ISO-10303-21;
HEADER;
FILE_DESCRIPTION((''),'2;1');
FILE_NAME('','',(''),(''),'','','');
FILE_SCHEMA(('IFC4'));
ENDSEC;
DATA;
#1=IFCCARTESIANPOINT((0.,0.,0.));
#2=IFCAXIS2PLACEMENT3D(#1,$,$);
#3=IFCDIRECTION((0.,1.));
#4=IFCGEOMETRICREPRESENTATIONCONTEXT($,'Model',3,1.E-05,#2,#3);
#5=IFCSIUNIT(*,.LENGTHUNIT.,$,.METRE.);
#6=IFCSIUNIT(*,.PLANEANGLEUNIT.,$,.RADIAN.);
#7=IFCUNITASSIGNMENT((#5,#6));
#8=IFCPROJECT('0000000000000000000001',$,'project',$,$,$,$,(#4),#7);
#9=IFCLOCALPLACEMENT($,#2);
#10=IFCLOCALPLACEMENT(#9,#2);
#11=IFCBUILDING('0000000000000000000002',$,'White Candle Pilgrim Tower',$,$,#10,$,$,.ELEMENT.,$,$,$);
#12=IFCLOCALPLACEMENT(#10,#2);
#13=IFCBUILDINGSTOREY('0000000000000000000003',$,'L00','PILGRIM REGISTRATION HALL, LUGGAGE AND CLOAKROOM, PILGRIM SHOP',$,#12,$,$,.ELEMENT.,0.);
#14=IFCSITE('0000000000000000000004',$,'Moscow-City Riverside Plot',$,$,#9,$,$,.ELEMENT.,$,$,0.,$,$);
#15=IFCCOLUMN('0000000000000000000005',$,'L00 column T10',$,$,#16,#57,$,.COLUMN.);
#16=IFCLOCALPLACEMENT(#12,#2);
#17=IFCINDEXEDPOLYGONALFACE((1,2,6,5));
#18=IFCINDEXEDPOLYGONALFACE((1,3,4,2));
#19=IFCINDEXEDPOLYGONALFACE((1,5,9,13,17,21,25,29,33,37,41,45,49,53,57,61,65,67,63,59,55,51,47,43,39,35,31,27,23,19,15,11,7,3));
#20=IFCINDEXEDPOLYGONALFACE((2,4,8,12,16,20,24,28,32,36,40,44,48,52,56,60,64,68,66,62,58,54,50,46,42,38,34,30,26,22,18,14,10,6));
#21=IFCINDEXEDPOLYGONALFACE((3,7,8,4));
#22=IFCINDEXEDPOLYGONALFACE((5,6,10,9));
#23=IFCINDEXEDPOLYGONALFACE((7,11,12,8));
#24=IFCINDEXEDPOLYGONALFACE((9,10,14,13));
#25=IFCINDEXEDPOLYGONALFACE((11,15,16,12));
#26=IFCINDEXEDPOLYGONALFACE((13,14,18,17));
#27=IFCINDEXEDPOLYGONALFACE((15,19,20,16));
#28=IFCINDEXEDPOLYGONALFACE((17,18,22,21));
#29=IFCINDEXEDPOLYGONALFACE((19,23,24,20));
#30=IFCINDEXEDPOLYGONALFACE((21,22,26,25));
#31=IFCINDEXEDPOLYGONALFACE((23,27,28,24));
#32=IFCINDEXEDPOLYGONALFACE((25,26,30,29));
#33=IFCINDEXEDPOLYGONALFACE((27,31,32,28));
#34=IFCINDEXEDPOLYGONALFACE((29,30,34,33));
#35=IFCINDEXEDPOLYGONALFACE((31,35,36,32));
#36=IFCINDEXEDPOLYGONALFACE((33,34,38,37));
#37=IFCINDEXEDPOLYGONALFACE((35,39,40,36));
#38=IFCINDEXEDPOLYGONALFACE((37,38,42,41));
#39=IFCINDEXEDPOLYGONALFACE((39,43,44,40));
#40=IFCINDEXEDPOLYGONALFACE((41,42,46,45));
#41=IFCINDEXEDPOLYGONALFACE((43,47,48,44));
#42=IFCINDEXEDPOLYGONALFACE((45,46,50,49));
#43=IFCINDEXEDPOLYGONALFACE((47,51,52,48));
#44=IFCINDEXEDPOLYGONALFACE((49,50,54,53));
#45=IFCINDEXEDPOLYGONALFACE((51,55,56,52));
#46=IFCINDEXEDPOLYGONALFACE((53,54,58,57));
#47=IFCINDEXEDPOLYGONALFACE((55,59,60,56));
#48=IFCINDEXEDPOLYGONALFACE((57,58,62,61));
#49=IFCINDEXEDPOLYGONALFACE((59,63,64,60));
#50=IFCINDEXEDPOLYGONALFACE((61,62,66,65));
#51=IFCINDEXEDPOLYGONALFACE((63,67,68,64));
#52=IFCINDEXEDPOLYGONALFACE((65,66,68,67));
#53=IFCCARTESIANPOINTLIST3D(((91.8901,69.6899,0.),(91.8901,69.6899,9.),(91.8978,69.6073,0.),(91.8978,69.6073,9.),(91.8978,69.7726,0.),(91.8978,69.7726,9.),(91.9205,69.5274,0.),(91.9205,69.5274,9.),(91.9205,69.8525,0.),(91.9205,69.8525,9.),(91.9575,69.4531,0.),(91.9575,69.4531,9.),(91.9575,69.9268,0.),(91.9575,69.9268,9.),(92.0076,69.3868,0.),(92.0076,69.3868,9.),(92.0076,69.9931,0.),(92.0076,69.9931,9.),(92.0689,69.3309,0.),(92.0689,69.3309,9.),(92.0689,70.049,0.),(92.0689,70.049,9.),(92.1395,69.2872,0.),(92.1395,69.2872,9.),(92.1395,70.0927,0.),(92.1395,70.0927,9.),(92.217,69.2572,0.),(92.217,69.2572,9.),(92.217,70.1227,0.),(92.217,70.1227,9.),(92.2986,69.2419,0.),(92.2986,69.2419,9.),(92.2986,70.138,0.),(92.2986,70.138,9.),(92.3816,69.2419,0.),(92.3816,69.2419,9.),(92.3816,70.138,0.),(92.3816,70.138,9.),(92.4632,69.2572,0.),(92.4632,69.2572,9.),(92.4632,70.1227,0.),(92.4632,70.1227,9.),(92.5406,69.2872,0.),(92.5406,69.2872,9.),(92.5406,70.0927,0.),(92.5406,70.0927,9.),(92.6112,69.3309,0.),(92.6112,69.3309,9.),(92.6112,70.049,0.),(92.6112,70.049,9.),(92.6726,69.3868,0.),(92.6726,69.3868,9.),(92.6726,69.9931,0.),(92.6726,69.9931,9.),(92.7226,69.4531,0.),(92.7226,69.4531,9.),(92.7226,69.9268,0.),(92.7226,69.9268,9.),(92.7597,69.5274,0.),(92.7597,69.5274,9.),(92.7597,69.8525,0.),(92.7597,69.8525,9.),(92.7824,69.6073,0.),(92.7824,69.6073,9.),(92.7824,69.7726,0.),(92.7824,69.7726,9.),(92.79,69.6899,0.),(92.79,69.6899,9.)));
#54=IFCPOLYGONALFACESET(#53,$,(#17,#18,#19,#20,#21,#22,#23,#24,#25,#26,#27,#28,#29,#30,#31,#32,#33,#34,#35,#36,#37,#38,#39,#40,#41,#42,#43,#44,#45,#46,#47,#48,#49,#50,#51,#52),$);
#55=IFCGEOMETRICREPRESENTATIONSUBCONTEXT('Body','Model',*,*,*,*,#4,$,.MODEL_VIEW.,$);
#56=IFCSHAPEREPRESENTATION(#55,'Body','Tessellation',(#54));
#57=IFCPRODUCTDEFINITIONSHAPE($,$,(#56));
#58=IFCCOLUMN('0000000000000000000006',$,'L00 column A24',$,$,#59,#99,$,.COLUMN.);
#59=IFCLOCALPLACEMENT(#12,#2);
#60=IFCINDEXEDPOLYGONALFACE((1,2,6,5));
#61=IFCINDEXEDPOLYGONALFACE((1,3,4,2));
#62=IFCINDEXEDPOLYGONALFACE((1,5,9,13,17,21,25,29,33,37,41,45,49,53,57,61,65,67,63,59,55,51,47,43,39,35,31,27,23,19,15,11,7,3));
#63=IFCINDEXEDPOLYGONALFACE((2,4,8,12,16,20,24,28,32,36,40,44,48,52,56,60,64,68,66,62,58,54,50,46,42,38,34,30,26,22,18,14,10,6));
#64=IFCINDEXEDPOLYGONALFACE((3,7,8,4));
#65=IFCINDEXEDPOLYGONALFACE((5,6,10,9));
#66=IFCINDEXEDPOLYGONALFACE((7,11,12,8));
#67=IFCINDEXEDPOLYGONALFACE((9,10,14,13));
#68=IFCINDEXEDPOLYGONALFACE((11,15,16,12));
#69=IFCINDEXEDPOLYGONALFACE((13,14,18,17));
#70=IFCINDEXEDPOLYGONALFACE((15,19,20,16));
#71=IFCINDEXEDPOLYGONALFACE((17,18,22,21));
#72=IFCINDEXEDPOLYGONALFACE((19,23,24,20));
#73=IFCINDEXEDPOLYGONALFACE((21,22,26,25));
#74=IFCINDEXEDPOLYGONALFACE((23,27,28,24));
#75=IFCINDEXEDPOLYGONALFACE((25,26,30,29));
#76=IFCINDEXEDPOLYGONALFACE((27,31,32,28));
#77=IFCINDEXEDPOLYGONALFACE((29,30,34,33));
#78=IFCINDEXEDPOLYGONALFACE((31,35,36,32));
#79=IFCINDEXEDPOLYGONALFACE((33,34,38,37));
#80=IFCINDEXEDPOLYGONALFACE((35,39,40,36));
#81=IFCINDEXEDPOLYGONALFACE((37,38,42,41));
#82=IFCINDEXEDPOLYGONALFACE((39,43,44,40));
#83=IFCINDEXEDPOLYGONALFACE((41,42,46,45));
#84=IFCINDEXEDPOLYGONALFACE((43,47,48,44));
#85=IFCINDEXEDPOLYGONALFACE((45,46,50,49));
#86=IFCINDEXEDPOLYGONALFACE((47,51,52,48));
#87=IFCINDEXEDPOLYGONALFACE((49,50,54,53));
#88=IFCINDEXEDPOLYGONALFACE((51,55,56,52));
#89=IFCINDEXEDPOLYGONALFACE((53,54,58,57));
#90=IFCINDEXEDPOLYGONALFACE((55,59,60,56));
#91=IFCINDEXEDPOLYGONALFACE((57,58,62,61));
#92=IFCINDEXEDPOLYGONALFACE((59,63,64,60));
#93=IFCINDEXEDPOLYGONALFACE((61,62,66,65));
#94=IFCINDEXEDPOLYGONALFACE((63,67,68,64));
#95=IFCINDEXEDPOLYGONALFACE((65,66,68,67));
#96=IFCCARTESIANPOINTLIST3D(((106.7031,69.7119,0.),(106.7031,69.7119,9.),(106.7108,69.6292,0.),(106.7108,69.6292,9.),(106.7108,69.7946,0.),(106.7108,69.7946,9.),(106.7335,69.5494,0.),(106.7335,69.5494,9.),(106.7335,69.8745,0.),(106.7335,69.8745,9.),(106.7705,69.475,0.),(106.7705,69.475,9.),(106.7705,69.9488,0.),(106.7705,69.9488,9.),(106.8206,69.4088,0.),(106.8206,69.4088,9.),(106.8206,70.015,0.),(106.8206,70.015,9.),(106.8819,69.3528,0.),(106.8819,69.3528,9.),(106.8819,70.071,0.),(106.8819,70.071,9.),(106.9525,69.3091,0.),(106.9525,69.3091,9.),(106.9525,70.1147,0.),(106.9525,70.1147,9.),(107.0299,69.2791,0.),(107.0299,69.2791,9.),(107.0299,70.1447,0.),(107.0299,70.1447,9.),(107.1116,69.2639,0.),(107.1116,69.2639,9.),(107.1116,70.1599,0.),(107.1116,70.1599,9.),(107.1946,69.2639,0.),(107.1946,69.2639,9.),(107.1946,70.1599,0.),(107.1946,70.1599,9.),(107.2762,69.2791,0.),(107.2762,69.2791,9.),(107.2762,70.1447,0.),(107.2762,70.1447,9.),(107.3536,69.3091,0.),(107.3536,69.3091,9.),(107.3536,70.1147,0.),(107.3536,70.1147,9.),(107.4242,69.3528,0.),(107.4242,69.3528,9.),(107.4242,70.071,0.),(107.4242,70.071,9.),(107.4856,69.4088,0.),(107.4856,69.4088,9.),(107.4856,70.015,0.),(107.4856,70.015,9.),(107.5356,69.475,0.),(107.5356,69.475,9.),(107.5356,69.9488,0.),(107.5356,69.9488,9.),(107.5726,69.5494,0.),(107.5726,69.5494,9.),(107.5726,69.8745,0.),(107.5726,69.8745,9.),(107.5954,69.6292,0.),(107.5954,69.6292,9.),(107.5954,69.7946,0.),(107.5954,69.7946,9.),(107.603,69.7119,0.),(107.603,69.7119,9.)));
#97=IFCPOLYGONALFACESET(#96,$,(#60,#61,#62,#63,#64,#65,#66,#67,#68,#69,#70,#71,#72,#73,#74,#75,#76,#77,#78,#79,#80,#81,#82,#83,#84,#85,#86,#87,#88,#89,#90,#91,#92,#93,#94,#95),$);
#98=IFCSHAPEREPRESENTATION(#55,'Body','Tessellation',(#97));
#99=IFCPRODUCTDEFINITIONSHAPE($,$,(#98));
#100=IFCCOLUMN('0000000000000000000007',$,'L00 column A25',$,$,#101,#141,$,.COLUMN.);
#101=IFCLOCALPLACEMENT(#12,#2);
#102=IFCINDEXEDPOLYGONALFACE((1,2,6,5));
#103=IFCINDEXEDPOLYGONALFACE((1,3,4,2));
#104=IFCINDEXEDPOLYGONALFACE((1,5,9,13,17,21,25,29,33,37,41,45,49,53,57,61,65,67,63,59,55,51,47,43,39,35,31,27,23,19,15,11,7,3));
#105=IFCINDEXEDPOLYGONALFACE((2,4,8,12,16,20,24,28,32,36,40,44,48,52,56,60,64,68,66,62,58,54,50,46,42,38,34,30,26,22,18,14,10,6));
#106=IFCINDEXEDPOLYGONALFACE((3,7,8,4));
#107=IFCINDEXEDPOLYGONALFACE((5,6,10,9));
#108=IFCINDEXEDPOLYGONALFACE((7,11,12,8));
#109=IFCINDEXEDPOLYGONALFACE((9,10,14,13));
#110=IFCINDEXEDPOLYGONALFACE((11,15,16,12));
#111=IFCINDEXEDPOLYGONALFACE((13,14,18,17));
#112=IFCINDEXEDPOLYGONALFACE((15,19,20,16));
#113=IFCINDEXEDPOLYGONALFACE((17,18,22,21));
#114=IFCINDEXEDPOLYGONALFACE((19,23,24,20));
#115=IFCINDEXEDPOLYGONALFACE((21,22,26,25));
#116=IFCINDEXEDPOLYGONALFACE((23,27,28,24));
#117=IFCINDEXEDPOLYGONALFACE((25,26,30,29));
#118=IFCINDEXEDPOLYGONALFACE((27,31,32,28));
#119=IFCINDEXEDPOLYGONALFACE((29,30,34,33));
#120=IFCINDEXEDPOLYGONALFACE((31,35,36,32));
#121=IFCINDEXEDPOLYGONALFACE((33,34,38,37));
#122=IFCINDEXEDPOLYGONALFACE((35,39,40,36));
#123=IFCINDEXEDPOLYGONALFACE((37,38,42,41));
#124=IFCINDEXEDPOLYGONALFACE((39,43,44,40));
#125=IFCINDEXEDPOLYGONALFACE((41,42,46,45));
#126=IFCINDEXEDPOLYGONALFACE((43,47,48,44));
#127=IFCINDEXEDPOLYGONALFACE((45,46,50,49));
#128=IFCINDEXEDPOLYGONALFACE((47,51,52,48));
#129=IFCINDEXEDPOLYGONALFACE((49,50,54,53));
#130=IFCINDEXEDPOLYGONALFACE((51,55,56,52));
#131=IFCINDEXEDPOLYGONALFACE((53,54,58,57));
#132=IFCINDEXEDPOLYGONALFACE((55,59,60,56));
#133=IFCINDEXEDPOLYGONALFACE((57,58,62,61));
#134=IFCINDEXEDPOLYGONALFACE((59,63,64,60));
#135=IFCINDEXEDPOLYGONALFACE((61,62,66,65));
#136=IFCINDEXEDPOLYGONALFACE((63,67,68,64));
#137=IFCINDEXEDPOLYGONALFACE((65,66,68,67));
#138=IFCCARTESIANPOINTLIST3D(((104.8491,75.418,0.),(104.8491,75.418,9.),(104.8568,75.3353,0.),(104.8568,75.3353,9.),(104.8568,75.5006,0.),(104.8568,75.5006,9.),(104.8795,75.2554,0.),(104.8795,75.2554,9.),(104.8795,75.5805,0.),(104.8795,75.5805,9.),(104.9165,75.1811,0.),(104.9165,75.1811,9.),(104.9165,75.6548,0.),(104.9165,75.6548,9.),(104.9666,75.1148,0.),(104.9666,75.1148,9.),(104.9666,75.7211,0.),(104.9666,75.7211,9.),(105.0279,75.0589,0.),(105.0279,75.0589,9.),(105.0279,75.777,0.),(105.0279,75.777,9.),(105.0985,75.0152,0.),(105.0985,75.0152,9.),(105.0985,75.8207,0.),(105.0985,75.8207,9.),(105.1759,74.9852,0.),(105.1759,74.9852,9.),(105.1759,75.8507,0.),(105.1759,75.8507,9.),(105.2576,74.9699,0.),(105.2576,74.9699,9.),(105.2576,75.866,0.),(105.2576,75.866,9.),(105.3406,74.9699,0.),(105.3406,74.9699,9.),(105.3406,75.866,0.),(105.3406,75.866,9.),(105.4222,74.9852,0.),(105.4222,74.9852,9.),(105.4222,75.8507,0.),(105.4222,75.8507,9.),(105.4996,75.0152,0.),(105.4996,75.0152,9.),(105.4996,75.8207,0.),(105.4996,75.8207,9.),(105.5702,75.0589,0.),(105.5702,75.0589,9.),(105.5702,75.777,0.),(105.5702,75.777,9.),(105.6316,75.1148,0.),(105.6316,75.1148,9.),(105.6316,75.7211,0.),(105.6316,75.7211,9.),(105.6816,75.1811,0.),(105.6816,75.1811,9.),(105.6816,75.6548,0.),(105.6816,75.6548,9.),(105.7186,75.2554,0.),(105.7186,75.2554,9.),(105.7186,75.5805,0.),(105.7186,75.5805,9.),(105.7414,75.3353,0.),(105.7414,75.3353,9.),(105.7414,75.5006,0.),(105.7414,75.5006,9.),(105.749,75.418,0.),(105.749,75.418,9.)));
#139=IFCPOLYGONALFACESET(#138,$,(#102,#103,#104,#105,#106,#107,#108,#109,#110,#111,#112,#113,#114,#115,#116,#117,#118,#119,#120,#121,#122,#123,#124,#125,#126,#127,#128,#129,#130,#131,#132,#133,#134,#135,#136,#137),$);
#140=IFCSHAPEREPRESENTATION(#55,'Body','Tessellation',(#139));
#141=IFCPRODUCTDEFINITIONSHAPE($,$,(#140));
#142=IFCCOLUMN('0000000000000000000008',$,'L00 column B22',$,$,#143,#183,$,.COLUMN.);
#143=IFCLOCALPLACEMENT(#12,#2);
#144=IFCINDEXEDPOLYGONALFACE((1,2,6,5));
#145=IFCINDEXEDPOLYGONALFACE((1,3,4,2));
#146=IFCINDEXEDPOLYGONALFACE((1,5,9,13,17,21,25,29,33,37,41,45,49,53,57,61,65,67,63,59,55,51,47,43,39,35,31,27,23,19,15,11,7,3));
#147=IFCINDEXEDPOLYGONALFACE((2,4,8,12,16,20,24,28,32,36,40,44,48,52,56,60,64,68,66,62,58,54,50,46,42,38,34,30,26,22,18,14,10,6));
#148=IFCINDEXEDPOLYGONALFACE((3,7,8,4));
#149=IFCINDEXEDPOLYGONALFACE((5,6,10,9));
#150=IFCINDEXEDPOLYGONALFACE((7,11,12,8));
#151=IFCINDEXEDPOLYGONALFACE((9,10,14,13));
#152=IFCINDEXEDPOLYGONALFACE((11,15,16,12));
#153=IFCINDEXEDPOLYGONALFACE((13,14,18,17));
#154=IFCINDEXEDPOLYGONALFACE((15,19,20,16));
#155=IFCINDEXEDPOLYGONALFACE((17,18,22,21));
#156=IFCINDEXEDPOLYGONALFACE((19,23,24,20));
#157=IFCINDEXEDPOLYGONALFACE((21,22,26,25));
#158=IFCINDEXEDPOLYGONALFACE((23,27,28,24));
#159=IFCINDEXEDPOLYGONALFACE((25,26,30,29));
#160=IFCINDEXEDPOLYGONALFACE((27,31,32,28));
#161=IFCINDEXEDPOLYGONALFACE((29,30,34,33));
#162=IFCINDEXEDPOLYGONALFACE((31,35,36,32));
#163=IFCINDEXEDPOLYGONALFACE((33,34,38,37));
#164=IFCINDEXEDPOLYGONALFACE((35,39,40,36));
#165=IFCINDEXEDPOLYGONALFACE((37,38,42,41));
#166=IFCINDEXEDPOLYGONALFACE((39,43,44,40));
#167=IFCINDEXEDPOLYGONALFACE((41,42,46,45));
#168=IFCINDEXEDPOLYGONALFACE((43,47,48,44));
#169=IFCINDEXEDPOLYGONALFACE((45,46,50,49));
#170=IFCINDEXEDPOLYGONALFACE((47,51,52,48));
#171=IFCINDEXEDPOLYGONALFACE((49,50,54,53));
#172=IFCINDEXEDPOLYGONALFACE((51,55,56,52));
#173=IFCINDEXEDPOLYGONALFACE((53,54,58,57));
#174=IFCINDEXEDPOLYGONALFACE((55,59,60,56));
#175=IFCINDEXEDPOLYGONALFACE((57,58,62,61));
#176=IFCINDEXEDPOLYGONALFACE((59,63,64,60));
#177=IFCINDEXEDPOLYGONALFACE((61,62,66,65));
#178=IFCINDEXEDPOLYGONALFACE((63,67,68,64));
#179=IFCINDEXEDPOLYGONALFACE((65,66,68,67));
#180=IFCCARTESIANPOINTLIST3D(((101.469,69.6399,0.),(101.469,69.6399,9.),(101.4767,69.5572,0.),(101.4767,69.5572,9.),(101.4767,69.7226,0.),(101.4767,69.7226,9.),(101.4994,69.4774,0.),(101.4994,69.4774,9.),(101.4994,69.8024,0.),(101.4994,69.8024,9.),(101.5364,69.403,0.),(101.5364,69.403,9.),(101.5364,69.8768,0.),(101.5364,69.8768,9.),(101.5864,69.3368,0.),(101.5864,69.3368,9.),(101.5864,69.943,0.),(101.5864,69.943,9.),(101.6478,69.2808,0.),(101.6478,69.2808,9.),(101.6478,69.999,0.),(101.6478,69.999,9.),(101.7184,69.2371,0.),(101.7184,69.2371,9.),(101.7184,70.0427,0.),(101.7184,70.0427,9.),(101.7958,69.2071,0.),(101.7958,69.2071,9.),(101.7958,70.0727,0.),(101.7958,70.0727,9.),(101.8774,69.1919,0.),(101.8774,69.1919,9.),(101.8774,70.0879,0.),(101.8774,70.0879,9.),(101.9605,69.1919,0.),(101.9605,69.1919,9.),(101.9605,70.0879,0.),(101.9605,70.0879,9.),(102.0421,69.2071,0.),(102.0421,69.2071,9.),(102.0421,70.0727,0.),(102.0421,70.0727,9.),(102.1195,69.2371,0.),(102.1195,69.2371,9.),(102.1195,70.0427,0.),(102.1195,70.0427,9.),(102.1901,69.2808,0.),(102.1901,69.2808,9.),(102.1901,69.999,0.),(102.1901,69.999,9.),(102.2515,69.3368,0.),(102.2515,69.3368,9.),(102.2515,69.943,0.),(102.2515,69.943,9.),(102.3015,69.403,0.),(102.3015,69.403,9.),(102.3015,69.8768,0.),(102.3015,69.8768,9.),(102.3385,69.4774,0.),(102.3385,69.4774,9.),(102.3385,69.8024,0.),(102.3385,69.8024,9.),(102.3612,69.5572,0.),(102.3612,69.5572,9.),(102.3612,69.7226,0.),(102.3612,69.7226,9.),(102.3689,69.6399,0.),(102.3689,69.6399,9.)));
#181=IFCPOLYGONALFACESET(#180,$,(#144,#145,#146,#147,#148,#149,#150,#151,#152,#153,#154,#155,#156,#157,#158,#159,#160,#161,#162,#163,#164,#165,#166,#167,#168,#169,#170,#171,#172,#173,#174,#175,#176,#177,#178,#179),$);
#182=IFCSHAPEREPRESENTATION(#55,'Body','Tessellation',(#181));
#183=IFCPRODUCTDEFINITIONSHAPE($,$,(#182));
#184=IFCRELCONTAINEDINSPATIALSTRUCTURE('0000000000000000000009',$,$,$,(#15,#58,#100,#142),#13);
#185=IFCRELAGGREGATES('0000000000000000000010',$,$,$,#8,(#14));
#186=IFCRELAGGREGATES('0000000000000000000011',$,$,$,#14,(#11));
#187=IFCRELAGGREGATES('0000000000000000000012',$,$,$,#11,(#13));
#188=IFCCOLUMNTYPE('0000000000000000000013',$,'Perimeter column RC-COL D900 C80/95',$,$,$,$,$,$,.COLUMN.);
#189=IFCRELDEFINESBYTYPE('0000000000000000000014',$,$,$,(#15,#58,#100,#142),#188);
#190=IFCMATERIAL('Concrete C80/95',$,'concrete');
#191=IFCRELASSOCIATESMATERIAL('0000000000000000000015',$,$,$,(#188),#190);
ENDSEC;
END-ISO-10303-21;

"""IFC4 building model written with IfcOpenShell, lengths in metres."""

from ifc_helpers import new_model, si_unit, direction, frame, origin, origin_2d, place, context, subcontext, project, spatial, circle, extrude, material, material_profile, profile_set, type_object, element, save


model = new_model("IFC4")

# Units and contexts
model_context = context("Model", 3, precision=1e-05, world=origin(), true_north=direction((0.0, 1.0)))
body_context = subcontext(model_context, "Body", "Model", "MODEL_VIEW")
ifc_project = project(units=[si_unit("LENGTHUNIT", "METRE"), si_unit("PLANEANGLEUNIT", "RADIAN")], contexts=[model_context])

# Site, building, storey
site_placement = place(None, origin())
site = spatial("IfcSite", under=ifc_project, at=site_placement, Name="Moscow-City Riverside Plot", CompositionType="ELEMENT", RefElevation=0.0)
building_placement = place(site_placement, origin())
building = spatial("IfcBuilding", under=site, at=building_placement, Name="White Candle Pilgrim Tower", CompositionType="ELEMENT")
storey_placement = place(building_placement, origin())
storey = spatial("IfcBuildingStorey", under=building, at=storey_placement, Name="L00", Description="PILGRIM REGISTRATION HALL, LUGGAGE AND CLOAKROOM, PILGRIM SHOP", CompositionType="ELEMENT", Elevation=0.0)

# Columns
ifc_material_1 = material(Name="Concrete C80/95", Category="concrete")
ifc_material_profile_1 = material_profile(ifc_material_1, circle(Radius=0.45, at=origin_2d()), Name="RC-COL D900")
ifc_profile_set_1 = profile_set([ifc_material_profile_1], Name="Concrete C80/95")
column_type = type_object("IfcColumnType", Name="Perimeter column RC-COL D900 C80/95", PredefinedType="COLUMN", material=ifc_profile_set_1)
for number, where, z_axis, x_axis, name in (
    (1, (92.3401, 69.6899, 0.0), (0.0, 0.0, 1.0), (1.0, 0.0, 0.0), "L00 column T10"),
    (2, (107.1531, 69.7119, 0.0), (0.0, 0.0, 1.0), (1.0, 0.0, 0.0), "L00 column A24"),
    (3, (105.2991, 75.418, 0.0), (0.0, 0.0, 1.0), (1.0, 0.0, 0.0), "L00 column A25"),
    (4, (101.9189, 69.6399, 0.0), (0.0, 0.0, 1.0), (1.0, 0.0, 0.0), "L00 column B22"),
):
    element("IfcColumn", number, at=place(storey_placement, frame(where, z_axis=z_axis, x_axis=x_axis)), inside=storey, type_object=column_type, Name=name, PredefinedType="COLUMN", context=body_context, shape_type="SweptSolid", body=[
        extrude(circle(Radius=0.45, at=origin_2d()), origin(), (0.0, 0.0, 1.0), 9.0),
    ])

save(model, "model.ifc")
